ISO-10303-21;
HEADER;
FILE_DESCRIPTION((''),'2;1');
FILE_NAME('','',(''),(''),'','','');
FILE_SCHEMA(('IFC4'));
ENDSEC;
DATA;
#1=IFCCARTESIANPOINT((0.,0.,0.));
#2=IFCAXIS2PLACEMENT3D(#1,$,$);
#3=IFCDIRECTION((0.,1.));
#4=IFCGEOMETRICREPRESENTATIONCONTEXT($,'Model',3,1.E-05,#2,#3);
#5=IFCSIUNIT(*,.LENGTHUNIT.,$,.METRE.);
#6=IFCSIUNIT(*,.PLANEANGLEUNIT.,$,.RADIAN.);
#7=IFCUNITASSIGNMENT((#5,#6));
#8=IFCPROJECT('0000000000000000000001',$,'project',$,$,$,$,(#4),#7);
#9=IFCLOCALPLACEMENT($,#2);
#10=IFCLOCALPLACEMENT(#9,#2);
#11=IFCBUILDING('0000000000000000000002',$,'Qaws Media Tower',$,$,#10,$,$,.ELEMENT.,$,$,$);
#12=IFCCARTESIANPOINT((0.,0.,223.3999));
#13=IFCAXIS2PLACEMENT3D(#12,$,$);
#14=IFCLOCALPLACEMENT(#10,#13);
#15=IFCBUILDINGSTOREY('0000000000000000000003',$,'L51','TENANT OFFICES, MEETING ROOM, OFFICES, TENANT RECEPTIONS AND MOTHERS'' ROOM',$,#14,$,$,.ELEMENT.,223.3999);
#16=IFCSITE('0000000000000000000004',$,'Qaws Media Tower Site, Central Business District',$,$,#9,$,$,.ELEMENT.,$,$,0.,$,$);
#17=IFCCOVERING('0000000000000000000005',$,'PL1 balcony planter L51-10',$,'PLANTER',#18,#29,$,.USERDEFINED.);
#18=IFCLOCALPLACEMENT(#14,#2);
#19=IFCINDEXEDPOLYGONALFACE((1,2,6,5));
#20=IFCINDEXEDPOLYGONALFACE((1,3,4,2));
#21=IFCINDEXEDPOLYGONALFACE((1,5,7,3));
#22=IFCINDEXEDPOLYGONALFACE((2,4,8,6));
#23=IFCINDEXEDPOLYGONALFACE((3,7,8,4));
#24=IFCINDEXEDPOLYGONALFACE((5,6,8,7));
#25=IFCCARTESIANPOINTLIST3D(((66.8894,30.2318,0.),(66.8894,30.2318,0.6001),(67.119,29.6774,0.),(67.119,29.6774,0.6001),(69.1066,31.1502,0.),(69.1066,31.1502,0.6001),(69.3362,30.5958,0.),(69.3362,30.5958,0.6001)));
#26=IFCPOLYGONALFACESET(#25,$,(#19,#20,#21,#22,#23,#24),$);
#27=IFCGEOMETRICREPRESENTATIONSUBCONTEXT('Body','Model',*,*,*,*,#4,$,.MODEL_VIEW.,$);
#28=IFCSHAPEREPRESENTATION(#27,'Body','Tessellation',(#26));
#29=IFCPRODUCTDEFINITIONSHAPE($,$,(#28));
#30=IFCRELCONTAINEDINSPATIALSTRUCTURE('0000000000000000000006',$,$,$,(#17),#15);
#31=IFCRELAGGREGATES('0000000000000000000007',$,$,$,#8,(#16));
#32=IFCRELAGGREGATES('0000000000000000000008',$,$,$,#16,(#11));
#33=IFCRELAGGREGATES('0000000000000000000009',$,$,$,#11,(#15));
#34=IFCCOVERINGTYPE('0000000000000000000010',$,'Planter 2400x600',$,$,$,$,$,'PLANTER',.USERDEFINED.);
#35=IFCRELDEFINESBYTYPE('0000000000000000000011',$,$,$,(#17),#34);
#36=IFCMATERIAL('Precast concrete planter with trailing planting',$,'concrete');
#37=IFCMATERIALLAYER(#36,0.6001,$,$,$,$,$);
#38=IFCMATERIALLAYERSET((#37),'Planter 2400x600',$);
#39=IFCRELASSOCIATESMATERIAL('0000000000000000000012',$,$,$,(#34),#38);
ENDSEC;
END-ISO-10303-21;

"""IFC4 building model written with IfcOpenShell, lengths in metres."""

from ifc_helpers import new_model, si_unit, direction, frame, origin, origin_2d, place, context, subcontext, project, spatial, rectangle, extrude, material, layer, layer_set, type_object, element, save


model = new_model("IFC4")

# Units and contexts
model_context = context("Model", 3, precision=1e-05, world=origin(), true_north=direction((0.0, 1.0)))
body_context = subcontext(model_context, "Body", "Model", "MODEL_VIEW")
ifc_project = project(units=[si_unit("LENGTHUNIT", "METRE"), si_unit("PLANEANGLEUNIT", "RADIAN")], contexts=[model_context])

# Site, building, storey
site_placement = place(None, origin())
site = spatial("IfcSite", under=ifc_project, at=site_placement, Name="Qaws Media Tower Site, Central Business District", CompositionType="ELEMENT", RefElevation=0.0)
building_placement = place(site_placement, origin())
building = spatial("IfcBuilding", under=site, at=building_placement, Name="Qaws Media Tower", CompositionType="ELEMENT")
storey_placement = place(building_placement, frame((0.0, 0.0, 223.3999)))
storey = spatial("IfcBuildingStorey", under=building, at=storey_placement, Name="L51", Description="TENANT OFFICES, MEETING ROOM, OFFICES, TENANT RECEPTIONS AND MOTHERS' ROOM", CompositionType="ELEMENT", Elevation=223.3999)

# Covering
ifc_material_1 = material(Name="Precast concrete planter with trailing planting", Category="concrete")
ifc_layer_1 = layer(ifc_material_1, 0.6001)
ifc_layer_set_1 = layer_set([ifc_layer_1], Name="Planter 2400x600")
covering_type = type_object("IfcCoveringType", Name="Planter 2400x600", ElementType="PLANTER", PredefinedType="USERDEFINED", material=ifc_layer_set_1)
for number, where, z_axis, x_axis, name in (
    (1, (68.1128, 30.4138, 0.0), (0.0, 0.0, 1.0), (0.92388, 0.382683, 0.0), "PL1 balcony planter L51-10"),
):
    element("IfcCovering", number, at=place(storey_placement, frame(where, z_axis=z_axis, x_axis=x_axis)), inside=storey, type_object=covering_type, Name=name, ObjectType="PLANTER", PredefinedType="USERDEFINED", context=body_context, shape_type="SweptSolid", body=[
        extrude(rectangle(XDim=2.3999, YDim=0.6001, at=origin_2d()), origin(), (0.0, 0.0, 1.0), 0.6001),
    ])

save(model, "model.ifc")
